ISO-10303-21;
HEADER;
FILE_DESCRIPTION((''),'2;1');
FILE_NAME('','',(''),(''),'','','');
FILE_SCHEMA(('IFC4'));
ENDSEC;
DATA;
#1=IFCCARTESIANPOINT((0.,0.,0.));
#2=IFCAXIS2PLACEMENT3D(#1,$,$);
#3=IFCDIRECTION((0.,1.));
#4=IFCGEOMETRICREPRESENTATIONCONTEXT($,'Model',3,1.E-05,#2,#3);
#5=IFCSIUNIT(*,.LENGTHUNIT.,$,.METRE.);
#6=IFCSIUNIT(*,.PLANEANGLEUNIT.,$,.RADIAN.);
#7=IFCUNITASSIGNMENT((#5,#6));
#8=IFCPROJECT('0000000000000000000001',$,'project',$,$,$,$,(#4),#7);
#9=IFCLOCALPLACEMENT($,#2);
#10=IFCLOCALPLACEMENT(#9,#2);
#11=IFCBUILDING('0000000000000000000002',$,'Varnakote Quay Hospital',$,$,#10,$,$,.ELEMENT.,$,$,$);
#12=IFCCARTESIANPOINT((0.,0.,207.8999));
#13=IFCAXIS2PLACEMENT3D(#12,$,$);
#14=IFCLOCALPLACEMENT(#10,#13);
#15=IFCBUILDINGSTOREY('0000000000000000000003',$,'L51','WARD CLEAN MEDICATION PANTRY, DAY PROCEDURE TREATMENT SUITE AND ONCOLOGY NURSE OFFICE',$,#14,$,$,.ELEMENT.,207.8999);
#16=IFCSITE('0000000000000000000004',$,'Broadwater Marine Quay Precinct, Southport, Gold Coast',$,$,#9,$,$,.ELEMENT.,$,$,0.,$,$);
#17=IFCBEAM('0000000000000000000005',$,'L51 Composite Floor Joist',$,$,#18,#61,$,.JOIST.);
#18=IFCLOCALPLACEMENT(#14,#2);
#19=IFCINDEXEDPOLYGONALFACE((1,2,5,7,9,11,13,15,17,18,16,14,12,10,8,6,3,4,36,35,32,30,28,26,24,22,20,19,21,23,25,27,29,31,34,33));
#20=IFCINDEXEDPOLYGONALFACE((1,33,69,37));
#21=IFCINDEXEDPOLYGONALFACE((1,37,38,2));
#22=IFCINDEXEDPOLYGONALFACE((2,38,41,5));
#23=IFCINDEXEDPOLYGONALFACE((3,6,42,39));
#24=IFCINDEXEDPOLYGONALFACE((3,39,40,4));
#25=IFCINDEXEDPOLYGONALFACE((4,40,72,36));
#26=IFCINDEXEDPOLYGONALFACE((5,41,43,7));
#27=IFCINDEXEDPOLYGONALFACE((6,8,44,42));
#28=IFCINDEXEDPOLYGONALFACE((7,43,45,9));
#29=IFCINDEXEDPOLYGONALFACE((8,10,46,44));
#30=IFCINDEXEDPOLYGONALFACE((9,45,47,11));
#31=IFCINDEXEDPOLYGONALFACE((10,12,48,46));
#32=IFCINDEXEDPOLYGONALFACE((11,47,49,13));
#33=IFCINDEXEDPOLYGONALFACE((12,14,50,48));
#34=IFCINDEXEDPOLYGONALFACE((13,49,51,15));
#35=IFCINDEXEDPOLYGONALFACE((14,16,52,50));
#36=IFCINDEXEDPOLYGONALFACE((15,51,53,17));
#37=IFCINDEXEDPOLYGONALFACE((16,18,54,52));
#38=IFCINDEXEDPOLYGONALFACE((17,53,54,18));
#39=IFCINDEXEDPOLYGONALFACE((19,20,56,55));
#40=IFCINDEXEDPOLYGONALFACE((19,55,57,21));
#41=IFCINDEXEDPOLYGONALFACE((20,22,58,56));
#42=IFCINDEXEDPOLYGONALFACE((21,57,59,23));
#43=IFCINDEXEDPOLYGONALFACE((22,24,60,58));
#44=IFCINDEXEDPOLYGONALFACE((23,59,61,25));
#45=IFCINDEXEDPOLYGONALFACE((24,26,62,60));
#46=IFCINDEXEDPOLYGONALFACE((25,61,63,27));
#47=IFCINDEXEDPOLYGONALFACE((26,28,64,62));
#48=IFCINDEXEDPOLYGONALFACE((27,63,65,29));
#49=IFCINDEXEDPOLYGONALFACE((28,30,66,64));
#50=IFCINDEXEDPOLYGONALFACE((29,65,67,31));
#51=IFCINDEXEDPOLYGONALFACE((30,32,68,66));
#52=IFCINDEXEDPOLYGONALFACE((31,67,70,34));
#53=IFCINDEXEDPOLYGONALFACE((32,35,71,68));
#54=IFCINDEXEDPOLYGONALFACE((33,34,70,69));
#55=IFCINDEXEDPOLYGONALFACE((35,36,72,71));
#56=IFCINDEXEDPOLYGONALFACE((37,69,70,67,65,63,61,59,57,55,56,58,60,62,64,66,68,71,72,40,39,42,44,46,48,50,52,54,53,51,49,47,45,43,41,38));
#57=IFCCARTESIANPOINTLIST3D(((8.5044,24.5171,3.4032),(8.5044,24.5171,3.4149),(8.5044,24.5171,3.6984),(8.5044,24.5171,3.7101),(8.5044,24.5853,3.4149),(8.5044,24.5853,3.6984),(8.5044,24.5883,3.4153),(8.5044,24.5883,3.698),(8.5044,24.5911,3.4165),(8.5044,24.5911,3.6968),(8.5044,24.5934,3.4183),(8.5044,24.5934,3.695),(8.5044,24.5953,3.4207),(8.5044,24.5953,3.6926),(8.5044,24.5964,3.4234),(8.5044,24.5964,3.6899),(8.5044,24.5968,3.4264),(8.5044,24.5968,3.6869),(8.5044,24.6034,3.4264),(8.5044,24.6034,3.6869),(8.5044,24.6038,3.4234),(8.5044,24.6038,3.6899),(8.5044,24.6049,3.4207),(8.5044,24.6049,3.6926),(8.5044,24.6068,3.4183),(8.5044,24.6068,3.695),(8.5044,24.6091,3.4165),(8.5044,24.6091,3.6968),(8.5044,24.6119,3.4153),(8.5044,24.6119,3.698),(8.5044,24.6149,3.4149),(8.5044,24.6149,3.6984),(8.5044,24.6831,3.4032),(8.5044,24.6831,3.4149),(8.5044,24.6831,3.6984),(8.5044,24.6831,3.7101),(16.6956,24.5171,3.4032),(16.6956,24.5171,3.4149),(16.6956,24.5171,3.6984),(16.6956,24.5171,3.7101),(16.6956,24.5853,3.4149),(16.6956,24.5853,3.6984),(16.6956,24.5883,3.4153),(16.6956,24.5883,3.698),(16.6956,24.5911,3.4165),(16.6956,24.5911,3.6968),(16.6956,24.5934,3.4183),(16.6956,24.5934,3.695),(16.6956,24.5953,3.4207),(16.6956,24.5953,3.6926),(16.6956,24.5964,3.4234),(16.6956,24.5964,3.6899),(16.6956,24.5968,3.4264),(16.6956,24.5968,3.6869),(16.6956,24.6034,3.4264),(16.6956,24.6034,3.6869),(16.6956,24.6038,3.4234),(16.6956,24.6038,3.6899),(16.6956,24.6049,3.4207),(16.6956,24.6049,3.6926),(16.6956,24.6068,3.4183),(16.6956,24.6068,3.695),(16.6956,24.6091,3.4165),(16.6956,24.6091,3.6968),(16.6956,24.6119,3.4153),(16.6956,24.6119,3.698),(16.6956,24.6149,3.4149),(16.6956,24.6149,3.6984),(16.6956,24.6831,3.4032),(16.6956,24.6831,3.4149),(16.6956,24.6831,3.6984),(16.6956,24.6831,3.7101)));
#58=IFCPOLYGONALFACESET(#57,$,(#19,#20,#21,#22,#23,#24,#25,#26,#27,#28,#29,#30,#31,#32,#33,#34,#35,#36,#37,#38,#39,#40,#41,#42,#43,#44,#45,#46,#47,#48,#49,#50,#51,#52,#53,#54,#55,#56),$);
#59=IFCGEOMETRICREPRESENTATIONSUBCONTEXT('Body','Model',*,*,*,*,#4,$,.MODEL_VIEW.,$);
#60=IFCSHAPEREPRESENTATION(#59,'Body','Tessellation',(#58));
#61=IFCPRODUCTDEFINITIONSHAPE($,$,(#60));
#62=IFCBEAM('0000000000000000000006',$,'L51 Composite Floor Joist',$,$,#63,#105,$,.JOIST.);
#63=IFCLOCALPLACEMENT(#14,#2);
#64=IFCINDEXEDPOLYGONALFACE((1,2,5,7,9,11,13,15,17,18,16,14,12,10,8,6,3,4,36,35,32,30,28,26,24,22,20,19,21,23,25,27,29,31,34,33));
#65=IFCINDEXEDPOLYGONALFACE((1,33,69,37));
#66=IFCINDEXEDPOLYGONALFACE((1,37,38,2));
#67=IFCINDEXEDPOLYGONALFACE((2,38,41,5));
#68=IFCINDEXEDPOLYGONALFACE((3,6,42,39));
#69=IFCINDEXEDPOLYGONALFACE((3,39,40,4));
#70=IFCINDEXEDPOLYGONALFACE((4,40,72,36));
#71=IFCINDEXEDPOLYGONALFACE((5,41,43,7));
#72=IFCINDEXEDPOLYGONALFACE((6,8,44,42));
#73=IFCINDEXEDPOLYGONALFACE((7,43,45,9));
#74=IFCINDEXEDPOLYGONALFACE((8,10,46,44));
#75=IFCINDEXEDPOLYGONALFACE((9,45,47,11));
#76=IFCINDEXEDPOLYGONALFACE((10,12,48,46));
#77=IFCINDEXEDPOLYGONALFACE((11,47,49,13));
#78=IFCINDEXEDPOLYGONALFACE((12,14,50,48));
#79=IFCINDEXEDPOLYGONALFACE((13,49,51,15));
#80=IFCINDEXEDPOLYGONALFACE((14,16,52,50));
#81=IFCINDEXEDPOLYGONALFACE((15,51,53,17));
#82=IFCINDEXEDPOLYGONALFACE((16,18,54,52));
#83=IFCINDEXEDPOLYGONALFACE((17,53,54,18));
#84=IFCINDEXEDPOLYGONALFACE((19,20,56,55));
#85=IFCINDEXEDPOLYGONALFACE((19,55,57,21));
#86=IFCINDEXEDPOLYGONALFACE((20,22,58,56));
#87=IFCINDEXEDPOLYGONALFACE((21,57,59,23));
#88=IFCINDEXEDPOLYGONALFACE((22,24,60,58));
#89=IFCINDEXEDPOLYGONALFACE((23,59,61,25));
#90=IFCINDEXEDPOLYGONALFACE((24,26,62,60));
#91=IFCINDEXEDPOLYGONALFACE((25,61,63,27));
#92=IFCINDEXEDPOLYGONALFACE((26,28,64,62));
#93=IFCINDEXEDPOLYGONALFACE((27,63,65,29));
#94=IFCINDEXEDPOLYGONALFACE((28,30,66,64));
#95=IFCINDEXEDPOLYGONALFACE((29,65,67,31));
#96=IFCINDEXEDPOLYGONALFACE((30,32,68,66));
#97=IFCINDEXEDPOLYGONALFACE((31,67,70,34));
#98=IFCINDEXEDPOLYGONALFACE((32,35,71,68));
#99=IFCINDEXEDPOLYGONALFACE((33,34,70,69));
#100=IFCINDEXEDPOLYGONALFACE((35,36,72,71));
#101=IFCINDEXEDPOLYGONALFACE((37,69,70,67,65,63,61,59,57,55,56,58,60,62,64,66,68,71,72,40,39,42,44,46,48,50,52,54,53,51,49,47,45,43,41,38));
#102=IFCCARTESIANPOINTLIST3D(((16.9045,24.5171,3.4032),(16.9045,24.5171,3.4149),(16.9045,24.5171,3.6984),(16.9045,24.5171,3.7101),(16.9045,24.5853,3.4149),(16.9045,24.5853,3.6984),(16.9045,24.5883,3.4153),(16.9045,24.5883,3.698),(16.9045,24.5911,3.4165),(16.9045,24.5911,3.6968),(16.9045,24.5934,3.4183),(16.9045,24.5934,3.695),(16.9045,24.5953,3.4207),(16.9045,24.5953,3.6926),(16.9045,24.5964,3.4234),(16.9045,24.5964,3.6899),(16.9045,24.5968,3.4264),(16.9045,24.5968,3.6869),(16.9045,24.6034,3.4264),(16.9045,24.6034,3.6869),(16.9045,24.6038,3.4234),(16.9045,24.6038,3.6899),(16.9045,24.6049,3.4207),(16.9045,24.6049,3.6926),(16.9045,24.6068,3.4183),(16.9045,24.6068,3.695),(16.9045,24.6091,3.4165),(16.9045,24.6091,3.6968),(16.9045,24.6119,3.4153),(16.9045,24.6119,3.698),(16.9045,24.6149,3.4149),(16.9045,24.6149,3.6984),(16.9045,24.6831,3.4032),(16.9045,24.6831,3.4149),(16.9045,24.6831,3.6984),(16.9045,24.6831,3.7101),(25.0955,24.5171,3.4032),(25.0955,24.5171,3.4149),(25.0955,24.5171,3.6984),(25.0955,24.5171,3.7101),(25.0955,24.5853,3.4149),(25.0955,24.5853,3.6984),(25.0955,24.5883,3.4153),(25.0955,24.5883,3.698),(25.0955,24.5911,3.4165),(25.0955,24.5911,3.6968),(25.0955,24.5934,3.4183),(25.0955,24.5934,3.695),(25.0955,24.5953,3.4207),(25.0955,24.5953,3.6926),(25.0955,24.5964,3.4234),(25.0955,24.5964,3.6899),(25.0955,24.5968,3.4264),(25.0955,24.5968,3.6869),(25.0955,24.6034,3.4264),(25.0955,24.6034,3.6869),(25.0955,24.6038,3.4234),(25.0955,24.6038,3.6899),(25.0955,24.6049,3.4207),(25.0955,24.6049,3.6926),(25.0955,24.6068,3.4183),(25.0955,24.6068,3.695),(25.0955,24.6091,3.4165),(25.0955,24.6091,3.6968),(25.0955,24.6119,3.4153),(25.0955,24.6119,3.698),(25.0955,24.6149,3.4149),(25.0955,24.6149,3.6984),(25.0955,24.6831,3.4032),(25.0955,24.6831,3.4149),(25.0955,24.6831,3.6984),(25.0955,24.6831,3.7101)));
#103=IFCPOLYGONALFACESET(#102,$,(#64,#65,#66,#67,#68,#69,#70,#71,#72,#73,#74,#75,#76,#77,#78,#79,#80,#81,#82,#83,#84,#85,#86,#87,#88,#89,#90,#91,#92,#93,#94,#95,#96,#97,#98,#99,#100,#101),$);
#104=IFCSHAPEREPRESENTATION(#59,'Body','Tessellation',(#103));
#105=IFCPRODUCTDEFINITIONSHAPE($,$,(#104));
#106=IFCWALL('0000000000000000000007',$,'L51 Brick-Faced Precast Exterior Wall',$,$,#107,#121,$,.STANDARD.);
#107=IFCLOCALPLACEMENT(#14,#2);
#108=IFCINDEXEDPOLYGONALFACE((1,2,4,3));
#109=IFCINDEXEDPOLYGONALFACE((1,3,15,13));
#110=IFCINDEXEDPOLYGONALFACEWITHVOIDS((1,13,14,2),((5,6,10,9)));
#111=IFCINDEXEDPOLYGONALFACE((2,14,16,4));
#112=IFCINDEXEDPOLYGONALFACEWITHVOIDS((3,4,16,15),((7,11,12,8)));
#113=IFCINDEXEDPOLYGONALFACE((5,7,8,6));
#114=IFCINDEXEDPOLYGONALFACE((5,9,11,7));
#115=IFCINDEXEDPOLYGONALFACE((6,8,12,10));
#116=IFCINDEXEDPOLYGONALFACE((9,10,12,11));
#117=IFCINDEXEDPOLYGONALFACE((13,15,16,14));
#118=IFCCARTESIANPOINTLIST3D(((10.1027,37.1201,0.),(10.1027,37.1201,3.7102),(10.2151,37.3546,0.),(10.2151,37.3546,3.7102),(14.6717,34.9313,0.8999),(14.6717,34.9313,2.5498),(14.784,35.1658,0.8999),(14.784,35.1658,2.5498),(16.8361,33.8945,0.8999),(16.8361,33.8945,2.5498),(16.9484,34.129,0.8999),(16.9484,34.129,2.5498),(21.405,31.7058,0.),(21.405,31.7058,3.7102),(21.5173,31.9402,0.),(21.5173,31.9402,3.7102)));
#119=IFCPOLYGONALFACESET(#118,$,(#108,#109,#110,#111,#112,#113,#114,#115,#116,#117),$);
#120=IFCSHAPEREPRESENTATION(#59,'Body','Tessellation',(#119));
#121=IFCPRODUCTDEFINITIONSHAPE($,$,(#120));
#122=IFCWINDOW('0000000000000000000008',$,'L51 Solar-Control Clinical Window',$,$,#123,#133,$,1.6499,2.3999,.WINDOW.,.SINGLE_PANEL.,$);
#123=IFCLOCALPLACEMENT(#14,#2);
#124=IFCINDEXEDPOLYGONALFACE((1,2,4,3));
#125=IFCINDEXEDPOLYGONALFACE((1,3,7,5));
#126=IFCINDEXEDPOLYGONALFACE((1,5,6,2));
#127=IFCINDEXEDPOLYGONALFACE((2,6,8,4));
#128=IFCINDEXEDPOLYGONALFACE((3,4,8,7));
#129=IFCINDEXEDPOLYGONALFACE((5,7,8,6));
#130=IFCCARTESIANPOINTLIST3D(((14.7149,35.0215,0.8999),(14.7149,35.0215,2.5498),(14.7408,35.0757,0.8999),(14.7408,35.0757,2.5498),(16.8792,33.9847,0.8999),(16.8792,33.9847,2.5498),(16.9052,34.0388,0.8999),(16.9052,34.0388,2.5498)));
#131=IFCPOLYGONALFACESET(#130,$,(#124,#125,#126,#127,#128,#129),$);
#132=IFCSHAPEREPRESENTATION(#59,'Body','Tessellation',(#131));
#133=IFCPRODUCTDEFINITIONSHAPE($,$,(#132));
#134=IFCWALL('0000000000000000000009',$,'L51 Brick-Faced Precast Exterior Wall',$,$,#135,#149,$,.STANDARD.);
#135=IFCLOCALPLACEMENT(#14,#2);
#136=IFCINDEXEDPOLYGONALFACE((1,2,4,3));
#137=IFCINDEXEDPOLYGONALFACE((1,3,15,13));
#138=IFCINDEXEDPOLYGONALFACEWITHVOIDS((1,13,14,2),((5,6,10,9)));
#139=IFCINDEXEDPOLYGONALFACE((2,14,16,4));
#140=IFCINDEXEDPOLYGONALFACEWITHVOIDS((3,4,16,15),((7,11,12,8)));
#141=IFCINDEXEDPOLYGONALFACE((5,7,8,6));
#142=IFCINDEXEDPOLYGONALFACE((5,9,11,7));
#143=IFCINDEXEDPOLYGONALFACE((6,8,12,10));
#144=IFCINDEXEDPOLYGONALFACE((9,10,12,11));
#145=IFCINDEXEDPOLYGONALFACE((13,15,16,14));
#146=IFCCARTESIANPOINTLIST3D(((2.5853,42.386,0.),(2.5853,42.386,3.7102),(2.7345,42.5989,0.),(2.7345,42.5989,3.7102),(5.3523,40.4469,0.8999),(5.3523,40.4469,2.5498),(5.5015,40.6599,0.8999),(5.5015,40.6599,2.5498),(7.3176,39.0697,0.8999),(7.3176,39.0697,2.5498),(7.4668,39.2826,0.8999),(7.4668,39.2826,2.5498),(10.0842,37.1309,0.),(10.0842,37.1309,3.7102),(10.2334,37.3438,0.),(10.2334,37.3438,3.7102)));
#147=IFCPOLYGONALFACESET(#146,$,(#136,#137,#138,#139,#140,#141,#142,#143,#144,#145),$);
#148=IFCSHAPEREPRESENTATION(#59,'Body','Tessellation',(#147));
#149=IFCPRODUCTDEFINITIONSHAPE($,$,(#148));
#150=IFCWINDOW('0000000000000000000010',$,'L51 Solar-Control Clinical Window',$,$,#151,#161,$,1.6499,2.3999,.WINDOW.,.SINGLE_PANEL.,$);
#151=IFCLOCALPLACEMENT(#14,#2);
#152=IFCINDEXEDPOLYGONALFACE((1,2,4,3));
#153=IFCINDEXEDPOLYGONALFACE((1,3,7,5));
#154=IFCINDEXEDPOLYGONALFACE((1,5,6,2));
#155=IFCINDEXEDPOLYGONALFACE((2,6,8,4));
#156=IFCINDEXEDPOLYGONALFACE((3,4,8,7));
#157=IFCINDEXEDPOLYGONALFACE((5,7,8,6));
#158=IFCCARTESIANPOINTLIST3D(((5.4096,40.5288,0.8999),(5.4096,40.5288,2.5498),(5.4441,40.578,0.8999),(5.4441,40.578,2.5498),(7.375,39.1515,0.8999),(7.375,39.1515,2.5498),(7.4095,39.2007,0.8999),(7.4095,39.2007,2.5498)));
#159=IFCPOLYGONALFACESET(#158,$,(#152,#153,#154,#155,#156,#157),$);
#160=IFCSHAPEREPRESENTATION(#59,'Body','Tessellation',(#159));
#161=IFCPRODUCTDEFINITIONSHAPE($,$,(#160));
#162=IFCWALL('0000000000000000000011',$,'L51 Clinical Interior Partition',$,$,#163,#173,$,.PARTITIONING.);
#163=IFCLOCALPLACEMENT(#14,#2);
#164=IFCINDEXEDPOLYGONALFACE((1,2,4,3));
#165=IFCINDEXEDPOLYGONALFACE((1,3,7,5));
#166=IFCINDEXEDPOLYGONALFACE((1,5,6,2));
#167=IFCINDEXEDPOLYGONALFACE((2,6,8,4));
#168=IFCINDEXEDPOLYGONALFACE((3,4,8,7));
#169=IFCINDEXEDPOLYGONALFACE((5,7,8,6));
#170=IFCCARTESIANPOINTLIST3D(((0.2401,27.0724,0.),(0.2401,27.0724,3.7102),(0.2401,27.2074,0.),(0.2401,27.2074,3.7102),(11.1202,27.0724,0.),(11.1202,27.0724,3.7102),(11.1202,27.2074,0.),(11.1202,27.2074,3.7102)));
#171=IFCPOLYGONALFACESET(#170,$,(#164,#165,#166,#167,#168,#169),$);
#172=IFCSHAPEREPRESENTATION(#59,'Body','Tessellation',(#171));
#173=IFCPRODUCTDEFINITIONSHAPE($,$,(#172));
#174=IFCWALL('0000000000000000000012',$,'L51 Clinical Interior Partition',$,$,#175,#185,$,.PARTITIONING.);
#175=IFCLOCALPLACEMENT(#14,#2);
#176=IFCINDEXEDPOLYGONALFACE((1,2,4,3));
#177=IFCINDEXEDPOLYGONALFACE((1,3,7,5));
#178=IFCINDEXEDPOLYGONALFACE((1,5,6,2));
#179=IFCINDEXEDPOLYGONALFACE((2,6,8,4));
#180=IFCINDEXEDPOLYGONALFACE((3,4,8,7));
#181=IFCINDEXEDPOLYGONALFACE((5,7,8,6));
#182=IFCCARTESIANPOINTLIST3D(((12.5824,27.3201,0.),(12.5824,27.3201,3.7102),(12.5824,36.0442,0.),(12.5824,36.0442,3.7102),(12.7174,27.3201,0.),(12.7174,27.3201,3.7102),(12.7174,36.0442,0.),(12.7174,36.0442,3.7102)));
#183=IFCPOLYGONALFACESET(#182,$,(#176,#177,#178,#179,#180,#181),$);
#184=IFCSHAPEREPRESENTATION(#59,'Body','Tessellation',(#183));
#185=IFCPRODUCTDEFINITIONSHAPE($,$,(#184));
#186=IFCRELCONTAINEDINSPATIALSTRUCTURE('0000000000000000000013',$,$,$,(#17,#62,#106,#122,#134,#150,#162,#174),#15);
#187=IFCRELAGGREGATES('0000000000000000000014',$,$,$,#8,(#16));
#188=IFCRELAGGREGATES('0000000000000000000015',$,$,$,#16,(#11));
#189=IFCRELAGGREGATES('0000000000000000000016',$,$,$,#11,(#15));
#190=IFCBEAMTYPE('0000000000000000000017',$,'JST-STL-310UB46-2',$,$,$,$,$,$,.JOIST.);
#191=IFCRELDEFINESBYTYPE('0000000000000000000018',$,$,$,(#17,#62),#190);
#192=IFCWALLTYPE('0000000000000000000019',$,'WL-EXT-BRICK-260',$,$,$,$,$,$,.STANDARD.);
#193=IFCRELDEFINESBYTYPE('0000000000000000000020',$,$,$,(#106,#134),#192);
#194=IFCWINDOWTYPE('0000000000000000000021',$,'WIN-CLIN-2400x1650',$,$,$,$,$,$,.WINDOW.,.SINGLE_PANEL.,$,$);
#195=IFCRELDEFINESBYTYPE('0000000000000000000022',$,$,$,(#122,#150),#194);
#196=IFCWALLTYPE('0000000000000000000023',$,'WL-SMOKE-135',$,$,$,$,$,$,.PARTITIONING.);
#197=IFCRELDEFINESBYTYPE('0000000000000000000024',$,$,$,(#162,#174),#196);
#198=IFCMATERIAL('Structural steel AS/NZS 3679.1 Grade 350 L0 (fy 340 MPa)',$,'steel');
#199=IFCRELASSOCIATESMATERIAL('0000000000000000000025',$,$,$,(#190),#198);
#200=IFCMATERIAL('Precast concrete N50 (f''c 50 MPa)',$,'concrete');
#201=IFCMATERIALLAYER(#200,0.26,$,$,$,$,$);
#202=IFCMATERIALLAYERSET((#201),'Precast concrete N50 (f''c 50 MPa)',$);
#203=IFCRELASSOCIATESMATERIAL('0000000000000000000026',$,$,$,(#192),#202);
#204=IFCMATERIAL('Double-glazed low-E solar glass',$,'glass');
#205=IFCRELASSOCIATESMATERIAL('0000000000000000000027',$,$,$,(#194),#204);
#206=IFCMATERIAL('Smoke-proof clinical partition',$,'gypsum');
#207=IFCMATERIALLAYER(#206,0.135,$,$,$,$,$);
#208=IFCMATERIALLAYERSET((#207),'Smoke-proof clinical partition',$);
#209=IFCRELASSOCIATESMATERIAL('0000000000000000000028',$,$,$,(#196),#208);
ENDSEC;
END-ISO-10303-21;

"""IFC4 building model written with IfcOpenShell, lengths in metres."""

from ifc_helpers import new_model, si_unit, direction, frame, frame_2d, origin, origin_2d, place, context, subcontext, project, spatial, rectangle, i_section, extrude, material, layer, layer_set, material_profile, profile_set, type_object, element, fill, save


model = new_model("IFC4")

# Units and contexts
model_context = context("Model", 3, precision=1e-05, world=origin(), true_north=direction((0.0, 1.0)))
body_context = subcontext(model_context, "Body", "Model", "MODEL_VIEW")
ifc_project = project(units=[si_unit("LENGTHUNIT", "METRE"), si_unit("PLANEANGLEUNIT", "RADIAN")], contexts=[model_context])

# Site, building, storey
site_placement = place(None, origin())
site = spatial("IfcSite", under=ifc_project, at=site_placement, Name="Broadwater Marine Quay Precinct, Southport, Gold Coast", CompositionType="ELEMENT", RefElevation=0.0)
building_placement = place(site_placement, origin())
building = spatial("IfcBuilding", under=site, at=building_placement, Name="Varnakote Quay Hospital", CompositionType="ELEMENT")
storey_placement = place(building_placement, frame((0.0, 0.0, 207.8999)))
storey = spatial("IfcBuildingStorey", under=building, at=storey_placement, Name="L51", Description="WARD CLEAN MEDICATION PANTRY, DAY PROCEDURE TREATMENT SUITE AND ONCOLOGY NURSE OFFICE", CompositionType="ELEMENT", Elevation=207.8999)

# Beams
ifc_material_1 = material(Name="Structural steel AS/NZS 3679.1 Grade 350 L0 (fy 340 MPa)", Category="steel")
ifc_material_profile_1 = material_profile(ifc_material_1, i_section(OverallWidth=0.166, OverallDepth=0.3069, WebThickness=0.0066, FlangeThickness=0.0117, FilletRadius=0.0115, at=origin_2d()), Name="310UB46.2")
ifc_profile_set_1 = profile_set([ifc_material_profile_1], Name="Structural steel AS/NZS 3679.1 Grade 350 L0 (fy 340 MPa)")
beam_type_1 = type_object("IfcBeamType", Name="JST-STL-310UB46-2", PredefinedType="JOIST", material=ifc_profile_set_1)
beam_1_placement = place(storey_placement, frame((8.5044, 24.6001, 3.5566), z_axis=(1.0, 0.0, 0.0), x_axis=(0.0, 1.0, 0.0)))
element("IfcBeam", 1, at=beam_1_placement, inside=storey, type_object=beam_type_1, Name="L51 Composite Floor Joist", PredefinedType="JOIST", context=body_context, shape_type="SweptSolid", body=[
    extrude(i_section(OverallWidth=0.166, OverallDepth=0.3069, WebThickness=0.0066, FlangeThickness=0.0117, FilletRadius=0.0115, at=origin_2d()), origin(), (0.0, 0.0, 1.0), 8.1912),
])
beam_2_placement = place(storey_placement, frame((16.9045, 24.6001, 3.5566), z_axis=(1.0, 0.0, 0.0), x_axis=(0.0, 1.0, 0.0)))
element("IfcBeam", 2, at=beam_2_placement, inside=storey, type_object=beam_type_1, Name="L51 Composite Floor Joist", PredefinedType="JOIST", context=body_context, shape_type="SweptSolid", body=[
    extrude(i_section(OverallWidth=0.166, OverallDepth=0.3069, WebThickness=0.0066, FlangeThickness=0.0117, FilletRadius=0.0115, at=origin_2d()), origin(), (0.0, 0.0, 1.0), 8.1909),
])

# Walls, openings, windows
ifc_material_2 = material(Name="Precast concrete N50 (f'c 50 MPa)", Category="concrete")
ifc_layer_1 = layer(ifc_material_2, 0.26)
ifc_layer_set_1 = layer_set([ifc_layer_1], Name="Precast concrete N50 (f'c 50 MPa)")
wall_type_1 = type_object("IfcWallType", Name="WL-EXT-BRICK-260", PredefinedType="STANDARD", material=ifc_layer_set_1)
wall_1_placement = place(storey_placement, frame((21.4612, 31.823, 0.0), z_axis=(0.0, 0.0, 1.0), x_axis=(-0.901858, 0.432032, 0.0)))
wall_1 = element("IfcWall", 3, at=wall_1_placement, inside=storey, type_object=wall_type_1, Name="L51 Brick-Faced Precast Exterior Wall", PredefinedType="STANDARD", context=body_context, shape_type="SweptSolid", body=[
    extrude(rectangle(XDim=12.5322, YDim=0.26, at=frame_2d((6.2661, 0.0))), origin(), (0.0, 0.0, 1.0), 3.7102),
])
opening_1_placement = place(wall_1_placement, frame((5.0662, 0.0, 0.8999)))
opening_1 = element("IfcOpeningElement", 4, at=opening_1_placement, cuts=wall_1, PredefinedType="OPENING", context=body_context, shape_type="SweptSolid", body=[
    extrude(rectangle(XDim=2.3999, YDim=1.6499, at=frame_2d((1.2, 0.825))), frame((0.0, 0.1399, 0.0), z_axis=(0.0, -1.0, 0.0), x_axis=(1.0, 0.0, 0.0)), (0.0, 0.0, 1.0), 0.28),
])
ifc_material_3 = material(Name="Double-glazed low-E solar glass", Category="glass")
window_type = type_object("IfcWindowType", Name="WIN-CLIN-2400x1650", PartitioningType="SINGLE_PANEL", PredefinedType="WINDOW", material=ifc_material_3)
window_1_placement = place(opening_1_placement, origin())
window_1 = element("IfcWindow", 5, at=window_1_placement, inside=storey, type_object=window_type, Name="L51 Solar-Control Clinical Window", OverallHeight=1.6499, OverallWidth=2.3999, PartitioningType="SINGLE_PANEL", PredefinedType="WINDOW", context=body_context, shape_type="SweptSolid", body=[
    extrude(rectangle(XDim=2.3999, YDim=1.6499, at=frame_2d((1.2, 0.825))), frame((0.0, 0.03, 0.0), z_axis=(0.0, -1.0, 0.0), x_axis=(1.0, 0.0, 0.0)), (0.0, 0.0, 1.0), 0.0601),
])
fill(opening_1, window_1)
wall_2_placement = place(storey_placement, frame((10.1589, 37.2373, 0.0), z_axis=(0.0, 0.0, 1.0), x_axis=(-0.818934, 0.573888, 0.0)))
wall_2 = element("IfcWall", 6, at=wall_2_placement, inside=storey, type_object=wall_type_1, Name="L51 Brick-Faced Precast Exterior Wall", PredefinedType="STANDARD", context=body_context, shape_type="SweptSolid", body=[
    extrude(rectangle(XDim=9.157, YDim=0.26, at=frame_2d((4.5786, 0.0))), origin(), (0.0, 0.0, 1.0), 3.7102),
])
opening_2_placement = place(wall_2_placement, frame((3.3784, 0.0, 0.8999)))
opening_2 = element("IfcOpeningElement", 7, at=opening_2_placement, cuts=wall_2, PredefinedType="OPENING", context=body_context, shape_type="SweptSolid", body=[
    extrude(rectangle(XDim=2.3999, YDim=1.6499, at=frame_2d((1.2, 0.825))), frame((0.0, 0.1399, 0.0), z_axis=(0.0, -1.0, 0.0), x_axis=(1.0, 0.0, 0.0)), (0.0, 0.0, 1.0), 0.28),
])
window_2_placement = place(opening_2_placement, origin())
window_2 = element("IfcWindow", 8, at=window_2_placement, inside=storey, type_object=window_type, Name="L51 Solar-Control Clinical Window", OverallHeight=1.6499, OverallWidth=2.3999, PartitioningType="SINGLE_PANEL", PredefinedType="WINDOW", context=body_context, shape_type="SweptSolid", body=[
    extrude(rectangle(XDim=2.3999, YDim=1.6499, at=frame_2d((1.2, 0.825))), frame((0.0, 0.03, 0.0), z_axis=(0.0, -1.0, 0.0), x_axis=(1.0, 0.0, 0.0)), (0.0, 0.0, 1.0), 0.0601),
])
fill(opening_2, window_2)

# Walls
ifc_material_4 = material(Name="Smoke-proof clinical partition", Category="gypsum")
ifc_layer_2 = layer(ifc_material_4, 0.135)
ifc_layer_set_2 = layer_set([ifc_layer_2], Name="Smoke-proof clinical partition")
wall_type_2 = type_object("IfcWallType", Name="WL-SMOKE-135", PredefinedType="PARTITIONING", material=ifc_layer_set_2)
wall_3_placement = place(storey_placement, frame((11.1201, 27.1399, 0.0), z_axis=(0.0, 0.0, 1.0), x_axis=(-1.0, 0.0, 0.0)))
element("IfcWall", 9, at=wall_3_placement, inside=storey, type_object=wall_type_2, Name="L51 Clinical Interior Partition", PredefinedType="PARTITIONING", context=body_context, shape_type="SweptSolid", body=[
    extrude(rectangle(XDim=10.8801, YDim=0.135, at=frame_2d((5.4399, 0.0))), origin(), (0.0, 0.0, 1.0), 3.7102),
])
wall_4_placement = place(storey_placement, frame((12.6499, 27.3201, 0.0), z_axis=(0.0, 0.0, 1.0), x_axis=(0.0, 1.0, 0.0)))
element("IfcWall", 10, at=wall_4_placement, inside=storey, type_object=wall_type_2, Name="L51 Clinical Interior Partition", PredefinedType="PARTITIONING", context=body_context, shape_type="SweptSolid", body=[
    extrude(rectangle(XDim=8.7241, YDim=0.135, at=frame_2d((4.3621, 0.0))), origin(), (0.0, 0.0, 1.0), 3.7102),
])

save(model, "model.ifc")
